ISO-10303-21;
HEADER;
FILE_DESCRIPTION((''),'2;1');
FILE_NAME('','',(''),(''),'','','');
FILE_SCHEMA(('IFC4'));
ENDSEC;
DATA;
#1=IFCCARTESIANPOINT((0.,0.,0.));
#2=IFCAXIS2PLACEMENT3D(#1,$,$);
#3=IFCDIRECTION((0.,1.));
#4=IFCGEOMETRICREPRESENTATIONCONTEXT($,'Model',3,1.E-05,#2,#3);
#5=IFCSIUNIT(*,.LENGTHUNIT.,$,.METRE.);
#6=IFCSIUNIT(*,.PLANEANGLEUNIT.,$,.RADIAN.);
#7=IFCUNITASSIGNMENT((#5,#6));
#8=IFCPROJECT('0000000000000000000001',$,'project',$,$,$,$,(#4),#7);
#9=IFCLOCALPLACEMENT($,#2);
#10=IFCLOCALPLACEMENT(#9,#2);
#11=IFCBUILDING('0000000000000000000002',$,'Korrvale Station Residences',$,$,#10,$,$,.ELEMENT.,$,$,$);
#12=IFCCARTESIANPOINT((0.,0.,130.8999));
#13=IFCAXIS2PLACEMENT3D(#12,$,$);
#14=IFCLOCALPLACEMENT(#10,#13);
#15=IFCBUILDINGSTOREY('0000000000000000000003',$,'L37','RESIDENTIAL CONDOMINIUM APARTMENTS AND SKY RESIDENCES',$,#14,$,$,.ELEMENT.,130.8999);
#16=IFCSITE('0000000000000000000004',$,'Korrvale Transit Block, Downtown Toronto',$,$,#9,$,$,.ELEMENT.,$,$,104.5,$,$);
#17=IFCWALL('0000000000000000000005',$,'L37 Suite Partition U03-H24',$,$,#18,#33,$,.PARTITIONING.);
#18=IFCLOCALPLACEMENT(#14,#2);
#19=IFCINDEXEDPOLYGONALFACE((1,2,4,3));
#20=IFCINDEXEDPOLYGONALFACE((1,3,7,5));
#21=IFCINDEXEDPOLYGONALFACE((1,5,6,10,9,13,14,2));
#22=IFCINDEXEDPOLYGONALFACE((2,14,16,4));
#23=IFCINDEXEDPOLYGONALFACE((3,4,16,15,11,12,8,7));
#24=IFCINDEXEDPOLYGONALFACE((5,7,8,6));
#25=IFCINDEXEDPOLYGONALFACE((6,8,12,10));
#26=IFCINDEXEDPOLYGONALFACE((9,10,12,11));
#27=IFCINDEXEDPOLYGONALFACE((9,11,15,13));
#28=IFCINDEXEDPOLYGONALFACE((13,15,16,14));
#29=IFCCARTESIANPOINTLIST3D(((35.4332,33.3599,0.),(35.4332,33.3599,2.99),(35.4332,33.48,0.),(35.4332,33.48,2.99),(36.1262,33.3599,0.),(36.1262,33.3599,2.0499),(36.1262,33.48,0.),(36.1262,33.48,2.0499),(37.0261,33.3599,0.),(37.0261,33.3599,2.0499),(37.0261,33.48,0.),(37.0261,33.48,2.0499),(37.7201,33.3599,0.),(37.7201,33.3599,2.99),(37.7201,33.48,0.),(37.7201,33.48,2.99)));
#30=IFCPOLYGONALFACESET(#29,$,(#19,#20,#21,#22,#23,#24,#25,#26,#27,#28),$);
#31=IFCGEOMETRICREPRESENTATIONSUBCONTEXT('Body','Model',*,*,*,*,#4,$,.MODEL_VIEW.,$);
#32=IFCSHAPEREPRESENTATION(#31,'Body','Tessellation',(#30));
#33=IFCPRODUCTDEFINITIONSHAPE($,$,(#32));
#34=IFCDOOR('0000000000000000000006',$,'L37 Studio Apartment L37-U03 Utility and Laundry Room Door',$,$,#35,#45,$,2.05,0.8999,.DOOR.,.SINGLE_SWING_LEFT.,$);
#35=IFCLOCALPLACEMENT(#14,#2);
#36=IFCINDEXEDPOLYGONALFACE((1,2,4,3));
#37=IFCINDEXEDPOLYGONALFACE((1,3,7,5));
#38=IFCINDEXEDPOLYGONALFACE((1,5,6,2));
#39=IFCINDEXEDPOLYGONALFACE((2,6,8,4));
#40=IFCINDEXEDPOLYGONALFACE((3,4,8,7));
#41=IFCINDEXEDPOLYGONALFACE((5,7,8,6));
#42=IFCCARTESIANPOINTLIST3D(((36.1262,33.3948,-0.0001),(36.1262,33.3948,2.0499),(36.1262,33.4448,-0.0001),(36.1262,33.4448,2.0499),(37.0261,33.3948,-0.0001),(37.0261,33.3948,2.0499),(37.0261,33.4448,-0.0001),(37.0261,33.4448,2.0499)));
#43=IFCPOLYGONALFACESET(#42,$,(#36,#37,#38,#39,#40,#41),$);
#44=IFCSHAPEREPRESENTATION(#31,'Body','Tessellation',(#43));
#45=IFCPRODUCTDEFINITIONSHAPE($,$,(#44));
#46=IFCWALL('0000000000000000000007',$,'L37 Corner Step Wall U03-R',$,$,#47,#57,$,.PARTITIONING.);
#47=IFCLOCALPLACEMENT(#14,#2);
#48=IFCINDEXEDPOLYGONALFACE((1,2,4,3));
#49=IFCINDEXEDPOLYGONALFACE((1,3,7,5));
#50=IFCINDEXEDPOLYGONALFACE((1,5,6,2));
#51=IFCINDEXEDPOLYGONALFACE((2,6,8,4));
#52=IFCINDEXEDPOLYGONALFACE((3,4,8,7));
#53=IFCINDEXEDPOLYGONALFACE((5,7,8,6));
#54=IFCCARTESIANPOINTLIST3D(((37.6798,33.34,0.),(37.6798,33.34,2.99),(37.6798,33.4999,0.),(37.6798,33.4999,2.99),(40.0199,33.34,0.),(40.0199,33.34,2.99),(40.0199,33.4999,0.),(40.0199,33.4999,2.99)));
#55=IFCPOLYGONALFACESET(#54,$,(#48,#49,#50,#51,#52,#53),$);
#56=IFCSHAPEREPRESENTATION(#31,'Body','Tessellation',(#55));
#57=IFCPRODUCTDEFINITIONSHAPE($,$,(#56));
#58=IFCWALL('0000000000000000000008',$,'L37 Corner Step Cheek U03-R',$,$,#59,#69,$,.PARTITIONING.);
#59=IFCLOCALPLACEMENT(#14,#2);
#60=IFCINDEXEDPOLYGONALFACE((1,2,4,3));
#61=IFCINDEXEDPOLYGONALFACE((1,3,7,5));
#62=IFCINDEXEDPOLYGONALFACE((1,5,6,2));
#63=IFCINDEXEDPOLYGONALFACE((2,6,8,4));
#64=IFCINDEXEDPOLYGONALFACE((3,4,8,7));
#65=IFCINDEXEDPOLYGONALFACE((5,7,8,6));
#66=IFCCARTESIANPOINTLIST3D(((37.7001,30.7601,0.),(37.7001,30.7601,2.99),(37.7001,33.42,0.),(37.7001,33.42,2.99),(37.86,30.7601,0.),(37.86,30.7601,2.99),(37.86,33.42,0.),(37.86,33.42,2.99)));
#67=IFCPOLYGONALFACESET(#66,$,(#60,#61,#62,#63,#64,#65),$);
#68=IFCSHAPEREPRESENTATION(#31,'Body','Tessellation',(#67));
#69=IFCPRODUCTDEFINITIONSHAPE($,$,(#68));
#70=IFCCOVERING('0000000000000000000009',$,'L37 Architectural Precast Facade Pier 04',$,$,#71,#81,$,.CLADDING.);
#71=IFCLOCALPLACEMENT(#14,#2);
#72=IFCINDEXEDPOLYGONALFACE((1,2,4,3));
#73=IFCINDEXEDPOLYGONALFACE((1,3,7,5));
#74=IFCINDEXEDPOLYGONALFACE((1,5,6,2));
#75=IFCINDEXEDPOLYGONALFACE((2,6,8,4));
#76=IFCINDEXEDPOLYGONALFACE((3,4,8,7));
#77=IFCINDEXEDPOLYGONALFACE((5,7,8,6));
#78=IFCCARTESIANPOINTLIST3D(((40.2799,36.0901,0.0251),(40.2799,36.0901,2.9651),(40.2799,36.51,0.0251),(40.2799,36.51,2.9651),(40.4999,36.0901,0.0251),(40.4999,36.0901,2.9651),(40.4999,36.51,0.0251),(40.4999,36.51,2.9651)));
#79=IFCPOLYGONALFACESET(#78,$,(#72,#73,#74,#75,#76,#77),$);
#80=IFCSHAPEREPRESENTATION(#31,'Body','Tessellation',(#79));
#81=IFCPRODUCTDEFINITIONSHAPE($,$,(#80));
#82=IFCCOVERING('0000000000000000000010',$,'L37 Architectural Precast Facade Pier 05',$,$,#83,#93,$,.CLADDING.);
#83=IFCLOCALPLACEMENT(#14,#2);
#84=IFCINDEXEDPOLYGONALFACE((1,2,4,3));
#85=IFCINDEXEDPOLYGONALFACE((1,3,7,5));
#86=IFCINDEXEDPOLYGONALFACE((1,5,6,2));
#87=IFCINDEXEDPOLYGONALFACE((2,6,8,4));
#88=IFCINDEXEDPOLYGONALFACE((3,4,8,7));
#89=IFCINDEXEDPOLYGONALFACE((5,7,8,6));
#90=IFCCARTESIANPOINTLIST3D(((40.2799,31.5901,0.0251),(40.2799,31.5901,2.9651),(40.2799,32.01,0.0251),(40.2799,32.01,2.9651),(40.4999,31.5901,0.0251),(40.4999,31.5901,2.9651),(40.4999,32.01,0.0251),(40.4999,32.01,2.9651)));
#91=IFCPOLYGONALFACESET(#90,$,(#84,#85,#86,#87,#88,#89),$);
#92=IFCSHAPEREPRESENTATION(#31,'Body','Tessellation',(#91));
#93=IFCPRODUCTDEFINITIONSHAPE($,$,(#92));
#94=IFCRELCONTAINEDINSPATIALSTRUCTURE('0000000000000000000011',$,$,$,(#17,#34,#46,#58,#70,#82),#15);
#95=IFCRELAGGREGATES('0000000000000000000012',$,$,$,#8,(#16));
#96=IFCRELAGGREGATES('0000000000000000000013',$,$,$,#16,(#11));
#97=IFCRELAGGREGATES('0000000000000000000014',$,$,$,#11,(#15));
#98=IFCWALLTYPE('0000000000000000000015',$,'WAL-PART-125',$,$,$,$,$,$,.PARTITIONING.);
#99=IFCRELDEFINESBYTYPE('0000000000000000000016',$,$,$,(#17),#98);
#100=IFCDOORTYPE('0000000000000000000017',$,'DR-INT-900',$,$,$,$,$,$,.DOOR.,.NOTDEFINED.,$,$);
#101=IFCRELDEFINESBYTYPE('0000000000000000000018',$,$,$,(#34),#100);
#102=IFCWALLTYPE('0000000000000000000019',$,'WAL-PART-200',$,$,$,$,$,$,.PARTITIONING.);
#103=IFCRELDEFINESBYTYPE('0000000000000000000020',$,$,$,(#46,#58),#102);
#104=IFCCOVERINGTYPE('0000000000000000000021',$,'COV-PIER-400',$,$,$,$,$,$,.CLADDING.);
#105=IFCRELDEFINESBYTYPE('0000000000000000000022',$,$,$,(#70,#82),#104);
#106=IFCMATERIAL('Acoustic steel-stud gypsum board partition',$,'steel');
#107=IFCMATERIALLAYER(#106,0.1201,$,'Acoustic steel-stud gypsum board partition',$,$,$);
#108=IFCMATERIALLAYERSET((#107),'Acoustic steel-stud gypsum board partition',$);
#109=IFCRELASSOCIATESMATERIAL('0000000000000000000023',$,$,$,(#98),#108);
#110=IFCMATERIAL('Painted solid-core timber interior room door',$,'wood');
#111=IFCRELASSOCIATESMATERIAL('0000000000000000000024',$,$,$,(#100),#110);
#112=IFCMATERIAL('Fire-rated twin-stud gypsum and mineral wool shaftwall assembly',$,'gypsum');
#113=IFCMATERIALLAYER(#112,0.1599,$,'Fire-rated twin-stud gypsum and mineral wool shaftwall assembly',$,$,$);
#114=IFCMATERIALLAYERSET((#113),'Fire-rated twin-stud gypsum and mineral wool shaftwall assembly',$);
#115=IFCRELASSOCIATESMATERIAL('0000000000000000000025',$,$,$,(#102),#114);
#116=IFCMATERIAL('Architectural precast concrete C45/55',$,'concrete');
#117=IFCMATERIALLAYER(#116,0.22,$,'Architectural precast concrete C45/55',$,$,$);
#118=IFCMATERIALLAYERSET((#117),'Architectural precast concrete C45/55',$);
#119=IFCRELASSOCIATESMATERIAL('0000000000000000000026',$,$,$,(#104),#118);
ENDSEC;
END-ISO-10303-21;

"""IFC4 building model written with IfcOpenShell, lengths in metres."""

from ifc_helpers import new_model, si_unit, direction, frame, frame_2d, origin, origin_2d, place, context, subcontext, project, spatial, rectangle, extrude, material, layer, layer_set, type_object, element, fill, save


model = new_model("IFC4")

# Units and contexts
model_context = context("Model", 3, precision=1e-05, world=origin(), true_north=direction((0.0, 1.0)))
body_context = subcontext(model_context, "Body", "Model", "MODEL_VIEW")
ifc_project = project(units=[si_unit("LENGTHUNIT", "METRE"), si_unit("PLANEANGLEUNIT", "RADIAN")], contexts=[model_context])

# Site, building, storey
site_placement = place(None, origin())
site = spatial("IfcSite", under=ifc_project, at=site_placement, Name="Korrvale Transit Block, Downtown Toronto", CompositionType="ELEMENT", RefElevation=104.5)
building_placement = place(site_placement, origin())
building = spatial("IfcBuilding", under=site, at=building_placement, Name="Korrvale Station Residences", CompositionType="ELEMENT")
storey_placement = place(building_placement, frame((0.0, 0.0, 130.8999)))
storey = spatial("IfcBuildingStorey", under=building, at=storey_placement, Name="L37", Description="RESIDENTIAL CONDOMINIUM APARTMENTS AND SKY RESIDENCES", CompositionType="ELEMENT", Elevation=130.8999)

# Wall, opening, door
ifc_material_1 = material(Name="Acoustic steel-stud gypsum board partition", Category="steel")
ifc_layer_1 = layer(ifc_material_1, 0.1201, Name="Acoustic steel-stud gypsum board partition")
ifc_layer_set_1 = layer_set([ifc_layer_1], Name="Acoustic steel-stud gypsum board partition")
wall_type_1 = type_object("IfcWallType", Name="WAL-PART-125", PredefinedType="PARTITIONING", material=ifc_layer_set_1)
ifc_material_2 = material(Name="Painted solid-core timber interior room door", Category="wood")
door_type = type_object("IfcDoorType", Name="DR-INT-900", OperationType="NOTDEFINED", PredefinedType="DOOR", material=ifc_material_2)
wall_1_placement = place(storey_placement, frame((35.4331, 33.4199, 0.0), z_axis=(0.0, 0.0, 1.0), x_axis=(1.0, 0.0, 0.0)))
wall_1 = element("IfcWall", 1, at=wall_1_placement, inside=storey, type_object=wall_type_1, Name="L37 Suite Partition U03-H24", PredefinedType="PARTITIONING", context=body_context, shape_type="SweptSolid", body=[
    extrude(rectangle(XDim=2.2869, YDim=0.1201, at=frame_2d((1.1436, 0.0))), origin(), (0.0, 0.0, 1.0), 2.99),
])
opening_1_placement = place(wall_1_placement, frame((0.6931, 0.0, 0.0)))
opening_1 = element("IfcOpeningElement", 2, at=opening_1_placement, cuts=wall_1, PredefinedType="OPENING", context=body_context, shape_type="SweptSolid", body=[
    extrude(rectangle(XDim=0.8999, YDim=2.05, at=frame_2d((0.45, 1.0249))), frame((0.0, 0.0701, 0.0), z_axis=(0.0, -1.0, 0.0), x_axis=(1.0, 0.0, 0.0)), (0.0, 0.0, 1.0), 0.1401),
])
door_1_placement = place(opening_1_placement, origin())
door_1 = element("IfcDoor", 3, at=door_1_placement, inside=storey, type_object=door_type, Name="L37 Studio Apartment L37-U03 Utility and Laundry Room Door", OperationType="SINGLE_SWING_LEFT", OverallHeight=2.05, OverallWidth=0.8999, PredefinedType="DOOR", context=body_context, shape_type="SweptSolid", body=[
    extrude(rectangle(XDim=0.8999, YDim=2.05, at=frame_2d((0.45, 1.0249))), frame((0.0, 0.0249, 0.0), z_axis=(0.0, -1.0, 0.0), x_axis=(1.0, 0.0, 0.0)), (0.0, 0.0, 1.0), 0.05),
])
fill(opening_1, door_1)

# Walls
ifc_material_3 = material(Name="Fire-rated twin-stud gypsum and mineral wool shaftwall assembly", Category="gypsum")
ifc_layer_2 = layer(ifc_material_3, 0.1599, Name="Fire-rated twin-stud gypsum and mineral wool shaftwall assembly")
ifc_layer_set_2 = layer_set([ifc_layer_2], Name="Fire-rated twin-stud gypsum and mineral wool shaftwall assembly")
wall_type_2 = type_object("IfcWallType", Name="WAL-PART-200", PredefinedType="PARTITIONING", material=ifc_layer_set_2)
wall_2_placement = place(storey_placement, frame((37.6799, 33.4199, 0.0), z_axis=(0.0, 0.0, 1.0), x_axis=(1.0, 0.0, 0.0)))
element("IfcWall", 4, at=wall_2_placement, inside=storey, type_object=wall_type_2, Name="L37 Corner Step Wall U03-R", PredefinedType="PARTITIONING", context=body_context, shape_type="SweptSolid", body=[
    extrude(rectangle(XDim=2.3401, YDim=0.1599, at=frame_2d((1.1699, 0.0))), origin(), (0.0, 0.0, 1.0), 2.99),
])
wall_3_placement = place(storey_placement, frame((37.78, 30.76, 0.0), z_axis=(0.0, 0.0, 1.0), x_axis=(0.0, 1.0, 0.0)))
element("IfcWall", 5, at=wall_3_placement, inside=storey, type_object=wall_type_2, Name="L37 Corner Step Cheek U03-R", PredefinedType="PARTITIONING", context=body_context, shape_type="SweptSolid", body=[
    extrude(rectangle(XDim=2.6599, YDim=0.1599, at=frame_2d((1.3301, 0.0))), origin(), (0.0, 0.0, 1.0), 2.99),
])

# Coverings
ifc_material_4 = material(Name="Architectural precast concrete C45/55", Category="concrete")
ifc_layer_3 = layer(ifc_material_4, 0.22, Name="Architectural precast concrete C45/55")
ifc_layer_set_3 = layer_set([ifc_layer_3], Name="Architectural precast concrete C45/55")
covering_type = type_object("IfcCoveringType", Name="COV-PIER-400", PredefinedType="CLADDING", material=ifc_layer_set_3)
for number, where, z_axis, x_axis, name in (
    (6, (40.3899, 36.3, 0.0251), (0.0, 0.0, 1.0), (0.0, 1.0, 0.0), "L37 Architectural Precast Facade Pier 04"),
    (7, (40.3899, 31.8, 0.0251), (0.0, 0.0, 1.0), (0.0, 1.0, 0.0), "L37 Architectural Precast Facade Pier 05"),
):
    element("IfcCovering", number, at=place(storey_placement, frame(where, z_axis=z_axis, x_axis=x_axis)), inside=storey, type_object=covering_type, Name=name, PredefinedType="CLADDING", context=body_context, shape_type="SweptSolid", body=[
        extrude(rectangle(XDim=0.4199, YDim=0.22, at=origin_2d()), origin(), (0.0, 0.0, 1.0), 2.9399),
    ])

save(model, "model.ifc")
